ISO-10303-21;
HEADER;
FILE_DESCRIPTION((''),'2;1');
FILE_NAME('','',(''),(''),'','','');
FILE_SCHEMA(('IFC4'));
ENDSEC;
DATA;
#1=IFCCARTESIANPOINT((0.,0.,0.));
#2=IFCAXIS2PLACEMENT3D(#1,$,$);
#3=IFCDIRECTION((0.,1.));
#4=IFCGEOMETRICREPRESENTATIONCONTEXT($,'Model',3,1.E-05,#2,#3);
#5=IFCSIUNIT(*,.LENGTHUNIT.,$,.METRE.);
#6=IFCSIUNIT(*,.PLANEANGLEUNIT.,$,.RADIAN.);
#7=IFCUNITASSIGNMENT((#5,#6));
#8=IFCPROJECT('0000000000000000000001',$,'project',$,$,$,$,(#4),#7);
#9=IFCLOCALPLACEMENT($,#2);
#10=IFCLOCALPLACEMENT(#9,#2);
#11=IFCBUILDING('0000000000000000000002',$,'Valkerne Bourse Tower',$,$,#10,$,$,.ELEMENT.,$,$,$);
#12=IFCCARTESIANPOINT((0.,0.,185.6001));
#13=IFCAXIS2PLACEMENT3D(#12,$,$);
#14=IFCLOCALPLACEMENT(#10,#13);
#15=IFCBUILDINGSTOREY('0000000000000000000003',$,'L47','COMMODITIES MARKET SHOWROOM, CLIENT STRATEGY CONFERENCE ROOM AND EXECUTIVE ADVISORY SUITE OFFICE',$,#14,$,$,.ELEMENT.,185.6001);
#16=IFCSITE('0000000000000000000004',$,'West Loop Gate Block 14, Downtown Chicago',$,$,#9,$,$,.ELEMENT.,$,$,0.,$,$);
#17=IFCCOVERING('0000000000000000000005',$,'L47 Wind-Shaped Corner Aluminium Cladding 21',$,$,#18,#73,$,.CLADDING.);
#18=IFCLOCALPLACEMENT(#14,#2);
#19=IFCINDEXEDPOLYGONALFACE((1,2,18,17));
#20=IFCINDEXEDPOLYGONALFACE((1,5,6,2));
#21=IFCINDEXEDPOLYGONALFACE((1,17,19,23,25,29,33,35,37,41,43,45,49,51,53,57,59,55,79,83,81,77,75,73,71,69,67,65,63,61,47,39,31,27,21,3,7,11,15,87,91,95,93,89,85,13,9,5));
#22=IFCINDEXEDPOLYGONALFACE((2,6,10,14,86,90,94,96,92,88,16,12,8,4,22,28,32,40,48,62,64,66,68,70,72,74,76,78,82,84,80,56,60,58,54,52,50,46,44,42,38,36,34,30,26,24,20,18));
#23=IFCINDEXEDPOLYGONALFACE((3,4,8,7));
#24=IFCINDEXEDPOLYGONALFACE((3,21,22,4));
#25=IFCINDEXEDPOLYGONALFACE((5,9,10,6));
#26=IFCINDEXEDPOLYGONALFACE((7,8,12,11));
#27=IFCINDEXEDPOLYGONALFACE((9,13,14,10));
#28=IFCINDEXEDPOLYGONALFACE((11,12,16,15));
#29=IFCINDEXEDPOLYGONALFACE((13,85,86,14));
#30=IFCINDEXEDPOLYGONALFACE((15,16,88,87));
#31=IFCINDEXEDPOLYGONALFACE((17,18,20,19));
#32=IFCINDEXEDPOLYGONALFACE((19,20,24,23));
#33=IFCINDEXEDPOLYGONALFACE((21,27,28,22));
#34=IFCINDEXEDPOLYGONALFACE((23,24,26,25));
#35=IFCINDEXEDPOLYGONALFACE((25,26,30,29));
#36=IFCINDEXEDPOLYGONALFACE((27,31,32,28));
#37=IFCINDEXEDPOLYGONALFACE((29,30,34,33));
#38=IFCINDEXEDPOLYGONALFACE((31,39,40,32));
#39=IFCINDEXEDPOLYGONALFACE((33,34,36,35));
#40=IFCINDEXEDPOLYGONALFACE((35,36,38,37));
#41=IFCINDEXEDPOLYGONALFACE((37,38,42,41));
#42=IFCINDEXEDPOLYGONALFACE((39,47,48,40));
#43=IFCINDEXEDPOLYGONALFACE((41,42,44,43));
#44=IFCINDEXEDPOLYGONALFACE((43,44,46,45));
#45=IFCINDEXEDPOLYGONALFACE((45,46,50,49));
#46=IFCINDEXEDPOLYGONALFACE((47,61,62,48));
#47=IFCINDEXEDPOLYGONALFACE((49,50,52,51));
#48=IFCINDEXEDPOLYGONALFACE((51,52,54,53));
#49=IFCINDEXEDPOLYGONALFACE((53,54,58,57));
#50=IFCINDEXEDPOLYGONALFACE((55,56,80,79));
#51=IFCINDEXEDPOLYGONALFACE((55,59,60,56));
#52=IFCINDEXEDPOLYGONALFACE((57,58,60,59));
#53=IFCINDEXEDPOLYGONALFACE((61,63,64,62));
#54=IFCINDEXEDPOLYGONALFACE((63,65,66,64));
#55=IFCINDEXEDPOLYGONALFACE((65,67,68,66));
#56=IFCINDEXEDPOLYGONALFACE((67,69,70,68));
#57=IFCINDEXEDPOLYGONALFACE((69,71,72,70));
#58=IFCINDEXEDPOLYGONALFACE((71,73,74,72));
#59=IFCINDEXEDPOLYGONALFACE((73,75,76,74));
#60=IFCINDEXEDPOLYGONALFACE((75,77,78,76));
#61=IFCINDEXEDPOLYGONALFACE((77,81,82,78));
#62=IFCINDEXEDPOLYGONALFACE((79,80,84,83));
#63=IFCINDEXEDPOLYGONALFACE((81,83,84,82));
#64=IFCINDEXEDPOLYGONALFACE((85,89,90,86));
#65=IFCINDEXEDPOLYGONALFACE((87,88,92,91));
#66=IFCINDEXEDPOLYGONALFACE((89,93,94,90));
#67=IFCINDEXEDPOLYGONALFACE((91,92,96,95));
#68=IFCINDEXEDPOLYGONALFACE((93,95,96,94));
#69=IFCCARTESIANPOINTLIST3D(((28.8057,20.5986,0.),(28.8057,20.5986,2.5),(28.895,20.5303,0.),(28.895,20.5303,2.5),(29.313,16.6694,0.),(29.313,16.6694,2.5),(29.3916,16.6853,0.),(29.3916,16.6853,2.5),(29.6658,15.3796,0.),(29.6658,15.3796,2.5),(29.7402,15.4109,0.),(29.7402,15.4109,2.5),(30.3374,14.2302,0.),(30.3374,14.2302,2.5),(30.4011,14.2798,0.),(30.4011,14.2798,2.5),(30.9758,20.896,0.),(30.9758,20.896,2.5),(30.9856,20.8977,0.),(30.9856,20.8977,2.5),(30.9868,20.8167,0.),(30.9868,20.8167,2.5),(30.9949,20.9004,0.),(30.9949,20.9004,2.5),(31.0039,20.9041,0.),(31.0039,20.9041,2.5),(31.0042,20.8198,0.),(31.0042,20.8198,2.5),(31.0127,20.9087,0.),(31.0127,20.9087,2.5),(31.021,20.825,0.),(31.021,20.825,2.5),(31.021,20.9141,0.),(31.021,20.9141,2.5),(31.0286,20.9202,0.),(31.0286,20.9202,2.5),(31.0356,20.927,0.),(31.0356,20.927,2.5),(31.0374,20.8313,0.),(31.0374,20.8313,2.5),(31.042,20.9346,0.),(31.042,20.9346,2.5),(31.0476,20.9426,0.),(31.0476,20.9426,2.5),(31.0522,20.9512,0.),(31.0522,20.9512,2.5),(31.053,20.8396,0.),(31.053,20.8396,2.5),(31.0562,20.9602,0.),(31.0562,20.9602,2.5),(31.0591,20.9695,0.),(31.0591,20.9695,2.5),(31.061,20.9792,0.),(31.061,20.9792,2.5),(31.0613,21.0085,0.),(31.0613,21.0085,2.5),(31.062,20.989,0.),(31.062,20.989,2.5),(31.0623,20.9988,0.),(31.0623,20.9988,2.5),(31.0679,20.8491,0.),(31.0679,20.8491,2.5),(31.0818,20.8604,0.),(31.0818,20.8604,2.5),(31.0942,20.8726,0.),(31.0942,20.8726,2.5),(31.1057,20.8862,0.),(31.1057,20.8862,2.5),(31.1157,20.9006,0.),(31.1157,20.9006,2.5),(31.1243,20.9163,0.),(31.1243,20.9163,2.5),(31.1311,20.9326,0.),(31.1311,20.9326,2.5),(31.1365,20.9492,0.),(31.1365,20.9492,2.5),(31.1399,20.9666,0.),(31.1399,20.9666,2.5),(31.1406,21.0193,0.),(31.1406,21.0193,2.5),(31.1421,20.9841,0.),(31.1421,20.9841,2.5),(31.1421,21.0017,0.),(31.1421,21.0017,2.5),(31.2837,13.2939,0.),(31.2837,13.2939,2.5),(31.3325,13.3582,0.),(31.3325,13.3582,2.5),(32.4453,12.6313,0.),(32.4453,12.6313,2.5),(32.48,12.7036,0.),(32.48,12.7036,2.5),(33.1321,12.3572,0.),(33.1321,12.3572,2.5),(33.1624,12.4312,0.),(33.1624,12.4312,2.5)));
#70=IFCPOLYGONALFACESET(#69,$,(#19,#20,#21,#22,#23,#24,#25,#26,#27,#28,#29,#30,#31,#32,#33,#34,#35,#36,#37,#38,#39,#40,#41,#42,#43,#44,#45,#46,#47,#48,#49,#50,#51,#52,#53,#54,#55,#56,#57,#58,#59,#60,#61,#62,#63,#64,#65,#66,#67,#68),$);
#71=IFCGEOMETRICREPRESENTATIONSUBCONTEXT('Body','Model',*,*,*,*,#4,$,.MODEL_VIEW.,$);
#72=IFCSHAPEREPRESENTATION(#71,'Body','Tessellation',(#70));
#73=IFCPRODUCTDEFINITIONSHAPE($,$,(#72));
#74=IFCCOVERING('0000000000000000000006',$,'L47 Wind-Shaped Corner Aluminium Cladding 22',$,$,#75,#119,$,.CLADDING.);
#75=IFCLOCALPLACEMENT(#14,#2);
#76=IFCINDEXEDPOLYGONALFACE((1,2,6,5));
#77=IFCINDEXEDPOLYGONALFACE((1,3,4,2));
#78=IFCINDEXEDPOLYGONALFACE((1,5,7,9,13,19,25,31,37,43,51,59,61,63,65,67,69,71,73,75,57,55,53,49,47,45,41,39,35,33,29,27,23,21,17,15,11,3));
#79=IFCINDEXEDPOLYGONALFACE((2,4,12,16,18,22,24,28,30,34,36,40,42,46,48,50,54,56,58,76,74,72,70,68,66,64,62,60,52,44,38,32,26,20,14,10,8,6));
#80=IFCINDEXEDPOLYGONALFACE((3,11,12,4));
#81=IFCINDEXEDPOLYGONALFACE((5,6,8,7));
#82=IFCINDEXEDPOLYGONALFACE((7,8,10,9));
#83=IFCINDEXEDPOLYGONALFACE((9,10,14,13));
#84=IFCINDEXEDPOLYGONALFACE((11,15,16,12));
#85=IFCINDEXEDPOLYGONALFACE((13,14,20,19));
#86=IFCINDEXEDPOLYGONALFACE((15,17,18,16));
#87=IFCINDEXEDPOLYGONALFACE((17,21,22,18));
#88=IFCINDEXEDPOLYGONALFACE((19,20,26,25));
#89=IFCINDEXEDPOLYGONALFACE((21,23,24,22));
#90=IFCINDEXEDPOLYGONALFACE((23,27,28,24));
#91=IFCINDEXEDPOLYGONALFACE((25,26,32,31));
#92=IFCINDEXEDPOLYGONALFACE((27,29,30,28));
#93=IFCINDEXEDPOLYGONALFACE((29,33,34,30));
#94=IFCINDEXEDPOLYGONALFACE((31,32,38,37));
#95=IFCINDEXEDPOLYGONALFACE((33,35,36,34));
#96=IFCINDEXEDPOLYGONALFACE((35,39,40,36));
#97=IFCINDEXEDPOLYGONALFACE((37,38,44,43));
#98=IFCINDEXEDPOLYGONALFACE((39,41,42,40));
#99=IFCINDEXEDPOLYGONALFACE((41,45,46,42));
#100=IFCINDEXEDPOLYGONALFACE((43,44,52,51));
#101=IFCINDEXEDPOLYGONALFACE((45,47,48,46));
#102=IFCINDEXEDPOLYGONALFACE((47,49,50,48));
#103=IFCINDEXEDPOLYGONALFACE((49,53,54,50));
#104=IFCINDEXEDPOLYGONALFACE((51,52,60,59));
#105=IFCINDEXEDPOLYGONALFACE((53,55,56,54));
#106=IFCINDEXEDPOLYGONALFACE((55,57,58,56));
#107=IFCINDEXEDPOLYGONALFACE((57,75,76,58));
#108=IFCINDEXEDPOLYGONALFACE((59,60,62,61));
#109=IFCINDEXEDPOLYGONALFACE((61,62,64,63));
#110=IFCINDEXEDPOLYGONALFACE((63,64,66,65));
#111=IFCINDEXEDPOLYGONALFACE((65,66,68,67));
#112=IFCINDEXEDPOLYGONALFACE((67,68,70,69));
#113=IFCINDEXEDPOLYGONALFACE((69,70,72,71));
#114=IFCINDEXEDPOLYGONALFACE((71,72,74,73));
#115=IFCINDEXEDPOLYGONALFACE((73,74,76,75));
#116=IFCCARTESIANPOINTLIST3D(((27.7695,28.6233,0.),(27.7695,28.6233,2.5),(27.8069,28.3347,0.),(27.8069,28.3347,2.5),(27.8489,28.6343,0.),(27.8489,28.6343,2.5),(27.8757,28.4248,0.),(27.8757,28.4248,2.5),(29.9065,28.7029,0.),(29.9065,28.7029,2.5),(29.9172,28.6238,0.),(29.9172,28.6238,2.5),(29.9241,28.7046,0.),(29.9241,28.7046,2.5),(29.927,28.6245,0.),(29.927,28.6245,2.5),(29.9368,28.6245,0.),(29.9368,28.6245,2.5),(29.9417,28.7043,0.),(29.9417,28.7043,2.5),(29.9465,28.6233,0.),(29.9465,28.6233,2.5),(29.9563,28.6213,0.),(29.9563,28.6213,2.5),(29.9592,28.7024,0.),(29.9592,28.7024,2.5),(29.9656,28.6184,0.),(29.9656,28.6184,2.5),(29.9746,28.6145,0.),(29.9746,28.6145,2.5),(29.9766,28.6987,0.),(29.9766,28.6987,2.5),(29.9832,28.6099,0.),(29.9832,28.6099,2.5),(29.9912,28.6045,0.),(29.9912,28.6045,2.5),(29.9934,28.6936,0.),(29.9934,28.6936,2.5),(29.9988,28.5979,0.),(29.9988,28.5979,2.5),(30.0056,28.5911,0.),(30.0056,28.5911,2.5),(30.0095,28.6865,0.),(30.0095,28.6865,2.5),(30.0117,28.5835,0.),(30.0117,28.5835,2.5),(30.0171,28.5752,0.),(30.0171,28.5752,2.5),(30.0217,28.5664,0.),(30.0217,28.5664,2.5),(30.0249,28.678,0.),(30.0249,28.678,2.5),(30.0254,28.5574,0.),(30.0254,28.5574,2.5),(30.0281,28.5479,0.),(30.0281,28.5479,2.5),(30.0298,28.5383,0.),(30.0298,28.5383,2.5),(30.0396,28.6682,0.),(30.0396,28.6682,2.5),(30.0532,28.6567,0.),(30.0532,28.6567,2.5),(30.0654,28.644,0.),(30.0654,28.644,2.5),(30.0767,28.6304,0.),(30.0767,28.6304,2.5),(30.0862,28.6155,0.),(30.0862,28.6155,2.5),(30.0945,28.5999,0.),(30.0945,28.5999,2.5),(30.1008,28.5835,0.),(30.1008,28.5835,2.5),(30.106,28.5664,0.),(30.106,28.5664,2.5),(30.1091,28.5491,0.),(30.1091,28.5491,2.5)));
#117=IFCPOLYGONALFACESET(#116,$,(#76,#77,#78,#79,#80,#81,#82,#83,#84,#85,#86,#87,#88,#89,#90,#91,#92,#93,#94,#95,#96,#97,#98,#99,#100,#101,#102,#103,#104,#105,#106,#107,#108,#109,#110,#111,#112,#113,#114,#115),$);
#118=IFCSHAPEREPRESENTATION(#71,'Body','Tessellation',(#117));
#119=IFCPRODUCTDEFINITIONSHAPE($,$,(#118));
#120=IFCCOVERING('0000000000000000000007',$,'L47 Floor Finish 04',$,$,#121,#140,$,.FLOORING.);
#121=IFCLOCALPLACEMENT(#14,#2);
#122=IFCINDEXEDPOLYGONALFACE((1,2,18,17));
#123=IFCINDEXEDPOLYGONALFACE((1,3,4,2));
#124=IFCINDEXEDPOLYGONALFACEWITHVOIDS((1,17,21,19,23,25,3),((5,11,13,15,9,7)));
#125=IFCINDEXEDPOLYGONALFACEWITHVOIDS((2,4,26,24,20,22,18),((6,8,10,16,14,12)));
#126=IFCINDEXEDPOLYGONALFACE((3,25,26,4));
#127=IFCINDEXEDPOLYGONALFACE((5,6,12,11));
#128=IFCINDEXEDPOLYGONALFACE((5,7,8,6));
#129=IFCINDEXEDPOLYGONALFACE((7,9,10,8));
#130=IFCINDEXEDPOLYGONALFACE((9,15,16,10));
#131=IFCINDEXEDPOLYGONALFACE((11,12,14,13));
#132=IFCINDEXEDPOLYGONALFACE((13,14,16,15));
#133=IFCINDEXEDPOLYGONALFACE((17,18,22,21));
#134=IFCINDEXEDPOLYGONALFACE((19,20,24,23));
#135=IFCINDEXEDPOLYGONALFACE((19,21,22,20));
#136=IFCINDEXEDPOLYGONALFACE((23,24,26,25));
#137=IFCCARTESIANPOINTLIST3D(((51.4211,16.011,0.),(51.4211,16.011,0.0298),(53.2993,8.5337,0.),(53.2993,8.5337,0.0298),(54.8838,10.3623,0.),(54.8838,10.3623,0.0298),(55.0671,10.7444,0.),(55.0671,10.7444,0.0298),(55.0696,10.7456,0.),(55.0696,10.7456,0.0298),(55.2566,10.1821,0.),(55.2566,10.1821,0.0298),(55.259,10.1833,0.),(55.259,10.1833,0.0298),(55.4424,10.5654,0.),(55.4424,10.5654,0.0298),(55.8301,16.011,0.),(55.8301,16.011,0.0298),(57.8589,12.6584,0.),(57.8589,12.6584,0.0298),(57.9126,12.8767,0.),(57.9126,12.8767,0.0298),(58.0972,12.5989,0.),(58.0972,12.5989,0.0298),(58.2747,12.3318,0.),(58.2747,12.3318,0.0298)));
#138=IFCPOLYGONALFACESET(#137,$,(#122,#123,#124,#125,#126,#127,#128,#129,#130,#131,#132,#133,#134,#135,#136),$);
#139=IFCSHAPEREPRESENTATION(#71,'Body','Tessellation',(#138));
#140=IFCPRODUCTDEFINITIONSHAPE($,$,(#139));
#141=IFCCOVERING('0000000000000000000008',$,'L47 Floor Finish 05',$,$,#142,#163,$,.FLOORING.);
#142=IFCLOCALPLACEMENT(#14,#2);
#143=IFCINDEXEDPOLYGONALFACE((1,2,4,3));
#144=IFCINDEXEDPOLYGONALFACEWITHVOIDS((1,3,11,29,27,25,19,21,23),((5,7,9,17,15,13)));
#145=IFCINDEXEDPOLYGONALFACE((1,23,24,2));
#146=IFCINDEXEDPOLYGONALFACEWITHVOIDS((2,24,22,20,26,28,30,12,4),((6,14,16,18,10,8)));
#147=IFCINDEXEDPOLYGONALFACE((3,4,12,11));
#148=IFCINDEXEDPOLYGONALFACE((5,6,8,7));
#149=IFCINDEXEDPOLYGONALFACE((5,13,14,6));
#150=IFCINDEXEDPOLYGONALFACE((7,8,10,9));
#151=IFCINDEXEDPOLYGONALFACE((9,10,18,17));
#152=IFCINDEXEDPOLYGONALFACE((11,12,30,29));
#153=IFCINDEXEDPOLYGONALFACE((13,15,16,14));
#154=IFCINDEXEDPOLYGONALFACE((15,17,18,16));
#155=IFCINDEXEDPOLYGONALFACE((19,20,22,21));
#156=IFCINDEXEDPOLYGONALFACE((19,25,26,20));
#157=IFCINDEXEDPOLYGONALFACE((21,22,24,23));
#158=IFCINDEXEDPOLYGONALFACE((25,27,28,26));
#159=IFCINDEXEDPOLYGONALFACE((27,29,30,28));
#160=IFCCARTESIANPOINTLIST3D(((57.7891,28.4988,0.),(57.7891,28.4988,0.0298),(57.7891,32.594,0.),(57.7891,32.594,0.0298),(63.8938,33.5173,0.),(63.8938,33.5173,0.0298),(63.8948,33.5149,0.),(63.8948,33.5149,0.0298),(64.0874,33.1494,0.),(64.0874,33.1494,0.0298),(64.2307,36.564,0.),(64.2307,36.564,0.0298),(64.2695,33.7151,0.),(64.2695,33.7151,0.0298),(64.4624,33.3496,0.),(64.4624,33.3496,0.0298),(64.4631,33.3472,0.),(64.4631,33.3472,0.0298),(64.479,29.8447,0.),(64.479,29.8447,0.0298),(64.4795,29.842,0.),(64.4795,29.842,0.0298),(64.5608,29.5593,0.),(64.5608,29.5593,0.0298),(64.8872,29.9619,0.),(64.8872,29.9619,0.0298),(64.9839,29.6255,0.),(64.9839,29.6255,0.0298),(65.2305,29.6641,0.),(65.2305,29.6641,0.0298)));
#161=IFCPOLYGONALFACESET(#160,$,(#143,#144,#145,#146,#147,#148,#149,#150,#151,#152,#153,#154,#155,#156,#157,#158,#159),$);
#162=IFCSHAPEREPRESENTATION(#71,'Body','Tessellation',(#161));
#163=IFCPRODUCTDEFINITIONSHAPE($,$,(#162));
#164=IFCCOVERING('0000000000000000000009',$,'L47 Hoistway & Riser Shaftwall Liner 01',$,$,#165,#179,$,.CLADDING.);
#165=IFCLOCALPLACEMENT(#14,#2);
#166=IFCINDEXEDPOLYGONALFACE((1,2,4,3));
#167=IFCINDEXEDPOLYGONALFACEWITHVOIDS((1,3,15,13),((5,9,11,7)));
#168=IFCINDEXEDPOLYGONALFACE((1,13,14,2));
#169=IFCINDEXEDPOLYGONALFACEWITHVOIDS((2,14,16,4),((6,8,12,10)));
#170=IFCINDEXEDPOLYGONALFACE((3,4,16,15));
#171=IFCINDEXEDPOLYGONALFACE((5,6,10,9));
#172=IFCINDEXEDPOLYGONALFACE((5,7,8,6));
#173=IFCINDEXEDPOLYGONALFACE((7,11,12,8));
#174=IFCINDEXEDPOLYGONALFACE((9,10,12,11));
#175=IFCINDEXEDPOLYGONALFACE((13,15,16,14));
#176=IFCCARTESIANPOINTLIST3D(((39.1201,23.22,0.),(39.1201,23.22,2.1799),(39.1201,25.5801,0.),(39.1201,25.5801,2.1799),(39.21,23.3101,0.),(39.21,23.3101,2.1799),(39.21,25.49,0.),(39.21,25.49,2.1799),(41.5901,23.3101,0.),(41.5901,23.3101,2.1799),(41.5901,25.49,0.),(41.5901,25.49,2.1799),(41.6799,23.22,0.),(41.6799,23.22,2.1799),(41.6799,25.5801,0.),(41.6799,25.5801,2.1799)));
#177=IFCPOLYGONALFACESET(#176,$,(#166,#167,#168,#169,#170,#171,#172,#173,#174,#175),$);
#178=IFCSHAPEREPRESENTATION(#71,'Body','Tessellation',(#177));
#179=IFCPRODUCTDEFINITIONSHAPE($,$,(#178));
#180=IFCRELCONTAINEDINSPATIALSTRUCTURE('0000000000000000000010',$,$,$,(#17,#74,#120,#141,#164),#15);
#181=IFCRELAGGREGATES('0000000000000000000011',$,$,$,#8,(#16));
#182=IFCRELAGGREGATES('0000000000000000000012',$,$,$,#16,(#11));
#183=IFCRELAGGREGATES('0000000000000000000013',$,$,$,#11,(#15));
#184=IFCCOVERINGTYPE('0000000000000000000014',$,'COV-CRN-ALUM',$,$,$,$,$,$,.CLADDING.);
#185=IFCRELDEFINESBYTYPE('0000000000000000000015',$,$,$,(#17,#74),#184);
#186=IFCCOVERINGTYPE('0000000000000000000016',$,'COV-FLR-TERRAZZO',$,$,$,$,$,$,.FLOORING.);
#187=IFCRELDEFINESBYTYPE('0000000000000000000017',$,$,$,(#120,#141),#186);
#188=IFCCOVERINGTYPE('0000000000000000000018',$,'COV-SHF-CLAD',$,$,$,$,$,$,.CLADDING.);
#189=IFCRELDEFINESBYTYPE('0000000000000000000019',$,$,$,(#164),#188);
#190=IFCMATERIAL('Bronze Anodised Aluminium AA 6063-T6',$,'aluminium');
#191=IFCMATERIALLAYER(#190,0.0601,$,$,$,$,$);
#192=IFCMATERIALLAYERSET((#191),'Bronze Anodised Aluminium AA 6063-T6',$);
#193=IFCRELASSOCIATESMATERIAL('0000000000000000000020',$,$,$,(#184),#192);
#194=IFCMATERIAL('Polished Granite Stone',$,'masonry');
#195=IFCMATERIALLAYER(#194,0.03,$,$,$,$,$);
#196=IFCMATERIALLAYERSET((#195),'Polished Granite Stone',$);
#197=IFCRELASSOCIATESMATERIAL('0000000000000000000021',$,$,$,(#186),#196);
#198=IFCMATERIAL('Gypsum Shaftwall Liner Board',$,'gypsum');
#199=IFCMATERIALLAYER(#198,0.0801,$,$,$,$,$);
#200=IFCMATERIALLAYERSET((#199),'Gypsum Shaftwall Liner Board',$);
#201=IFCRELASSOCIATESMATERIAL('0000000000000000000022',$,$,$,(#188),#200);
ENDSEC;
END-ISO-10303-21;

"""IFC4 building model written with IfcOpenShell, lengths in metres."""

from ifc_helpers import new_model, si_unit, direction, frame, origin, place, context, subcontext, project, spatial, polyline, outline, extrude, material, layer, layer_set, type_object, element, save


model = new_model("IFC4")

# Units and contexts
model_context = context("Model", 3, precision=1e-05, world=origin(), true_north=direction((0.0, 1.0)))
body_context = subcontext(model_context, "Body", "Model", "MODEL_VIEW")
ifc_project = project(units=[si_unit("LENGTHUNIT", "METRE"), si_unit("PLANEANGLEUNIT", "RADIAN")], contexts=[model_context])

# Site, building, storey
site_placement = place(None, origin())
site = spatial("IfcSite", under=ifc_project, at=site_placement, Name="West Loop Gate Block 14, Downtown Chicago", CompositionType="ELEMENT", RefElevation=0.0)
building_placement = place(site_placement, origin())
building = spatial("IfcBuilding", under=site, at=building_placement, Name="Valkerne Bourse Tower", CompositionType="ELEMENT")
storey_placement = place(building_placement, frame((0.0, 0.0, 185.6001)))
storey = spatial("IfcBuildingStorey", under=building, at=storey_placement, Name="L47", Description="COMMODITIES MARKET SHOWROOM, CLIENT STRATEGY CONFERENCE ROOM AND EXECUTIVE ADVISORY SUITE OFFICE", CompositionType="ELEMENT", Elevation=185.6001)

# Coverings
ifc_material_1 = material(Name="Bronze Anodised Aluminium AA 6063-T6", Category="aluminium")
ifc_layer_1 = layer(ifc_material_1, 0.0601)
ifc_layer_set_1 = layer_set([ifc_layer_1], Name="Bronze Anodised Aluminium AA 6063-T6")
covering_type_1 = type_object("IfcCoveringType", Name="COV-CRN-ALUM", PredefinedType="CLADDING", material=ifc_layer_set_1)
covering_1_placement = place(storey_placement, origin())
element("IfcCovering", 1, at=covering_1_placement, inside=storey, type_object=covering_type_1, Name="L47 Wind-Shaped Corner Aluminium Cladding 21", PredefinedType="CLADDING", context=body_context, shape_type="SweptSolid", body=[
    extrude(outline(polyline([(32.4453, 12.6313), (31.2837, 13.2939), (30.3374, 14.2302), (29.6658, 15.3796), (29.313, 16.6694), (28.8057, 20.5986), (30.9758, 20.896), (30.9856, 20.8977), (30.9949, 20.9004), (31.0039, 20.9041), (31.0127, 20.9087), (31.021, 20.9141), (31.0286, 20.9202), (31.0356, 20.927), (31.042, 20.9346), (31.0476, 20.9426), (31.0522, 20.9512), (31.0562, 20.9602), (31.0591, 20.9695), (31.061, 20.9792), (31.062, 20.989), (31.0623, 20.9988), (31.0613, 21.0085), (31.1406, 21.0193), (31.1421, 21.0017), (31.1421, 20.9841), (31.1399, 20.9666), (31.1365, 20.9492), (31.1311, 20.9326), (31.1243, 20.9163), (31.1157, 20.9006), (31.1057, 20.8862), (31.0942, 20.8726), (31.0818, 20.8604), (31.0679, 20.8491), (31.053, 20.8396), (31.0374, 20.8313), (31.021, 20.825), (31.0042, 20.8198), (30.9868, 20.8167), (28.895, 20.5303), (29.3916, 16.6853), (29.7402, 15.4109), (30.4011, 14.2798), (31.3325, 13.3582), (32.48, 12.7036), (33.1624, 12.4312), (33.1321, 12.3572), (32.4453, 12.6313)])), origin(), (0.0, 0.0, 1.0), 2.5),
])
covering_2_placement = place(storey_placement, origin())
element("IfcCovering", 2, at=covering_2_placement, inside=storey, type_object=covering_type_1, Name="L47 Wind-Shaped Corner Aluminium Cladding 22", PredefinedType="CLADDING", context=body_context, shape_type="SweptSolid", body=[
    extrude(outline(polyline([(30.0281, 28.5479), (30.0254, 28.5574), (30.0217, 28.5664), (30.0171, 28.5752), (30.0117, 28.5835), (30.0056, 28.5911), (29.9988, 28.5979), (29.9912, 28.6045), (29.9832, 28.6099), (29.9746, 28.6145), (29.9656, 28.6184), (29.9563, 28.6213), (29.9465, 28.6233), (29.9368, 28.6245), (29.927, 28.6245), (29.9172, 28.6238), (27.8069, 28.3347), (27.7695, 28.6233), (27.8489, 28.6343), (27.8757, 28.4248), (29.9065, 28.7029), (29.9241, 28.7046), (29.9417, 28.7043), (29.9592, 28.7024), (29.9766, 28.6987), (29.9934, 28.6936), (30.0095, 28.6865), (30.0249, 28.678), (30.0396, 28.6682), (30.0532, 28.6567), (30.0654, 28.644), (30.0767, 28.6304), (30.0862, 28.6155), (30.0945, 28.5999), (30.1008, 28.5835), (30.106, 28.5664), (30.1091, 28.5491), (30.0298, 28.5383), (30.0281, 28.5479)])), origin(), (0.0, 0.0, 1.0), 2.5),
])
ifc_material_2 = material(Name="Polished Granite Stone", Category="masonry")
ifc_layer_2 = layer(ifc_material_2, 0.03)
ifc_layer_set_2 = layer_set([ifc_layer_2], Name="Polished Granite Stone")
covering_type_2 = type_object("IfcCoveringType", Name="COV-FLR-TERRAZZO", PredefinedType="FLOORING", material=ifc_layer_set_2)
covering_3_placement = place(storey_placement, origin())
element("IfcCovering", 3, at=covering_3_placement, inside=storey, type_object=covering_type_2, Name="L47 Floor Finish 04", PredefinedType="FLOORING", context=body_context, shape_type="SweptSolid", body=[
    extrude(outline(polyline([(55.8301, 16.011), (57.9126, 12.8767), (57.8589, 12.6584), (58.0972, 12.5989), (58.2747, 12.3318), (53.2993, 8.5337), (51.4211, 16.011), (55.8301, 16.011)]), holes=[polyline([(55.259, 10.1833), (55.4424, 10.5654), (55.0696, 10.7456), (55.0671, 10.7444), (54.8838, 10.3623), (55.2566, 10.1821), (55.259, 10.1833)])]), origin(), (0.0, 0.0, 1.0), 0.0298),
])
covering_4_placement = place(storey_placement, origin())
element("IfcCovering", 4, at=covering_4_placement, inside=storey, type_object=covering_type_2, Name="L47 Floor Finish 05", PredefinedType="FLOORING", context=body_context, shape_type="SweptSolid", body=[
    extrude(outline(polyline([(57.7891, 32.594), (64.2307, 36.564), (65.2305, 29.6641), (64.9839, 29.6255), (64.8872, 29.9619), (64.479, 29.8447), (64.4795, 29.842), (64.5608, 29.5593), (57.7891, 28.4988), (57.7891, 32.594)]), holes=[polyline([(64.4631, 33.3472), (64.4624, 33.3496), (64.2695, 33.7151), (63.8938, 33.5173), (63.8948, 33.5149), (64.0874, 33.1494), (64.4631, 33.3472)])]), origin(), (0.0, 0.0, 1.0), 0.0298),
])
ifc_material_3 = material(Name="Gypsum Shaftwall Liner Board", Category="gypsum")
ifc_layer_3 = layer(ifc_material_3, 0.0801)
ifc_layer_set_3 = layer_set([ifc_layer_3], Name="Gypsum Shaftwall Liner Board")
covering_type_3 = type_object("IfcCoveringType", Name="COV-SHF-CLAD", PredefinedType="CLADDING", material=ifc_layer_set_3)
covering_5_placement = place(storey_placement, origin())
element("IfcCovering", 5, at=covering_5_placement, inside=storey, type_object=covering_type_3, Name="L47 Hoistway & Riser Shaftwall Liner 01", PredefinedType="CLADDING", context=body_context, shape_type="SweptSolid", body=[
    extrude(outline(polyline([(41.6799, 25.5801), (41.6799, 23.22), (39.1201, 23.22), (39.1201, 25.5801), (41.6799, 25.5801)]), holes=[polyline([(41.5901, 25.49), (39.21, 25.49), (39.21, 23.3101), (41.5901, 23.3101), (41.5901, 25.49)])]), origin(), (0.0, 0.0, 1.0), 2.1799),
])

save(model, "model.ifc")
